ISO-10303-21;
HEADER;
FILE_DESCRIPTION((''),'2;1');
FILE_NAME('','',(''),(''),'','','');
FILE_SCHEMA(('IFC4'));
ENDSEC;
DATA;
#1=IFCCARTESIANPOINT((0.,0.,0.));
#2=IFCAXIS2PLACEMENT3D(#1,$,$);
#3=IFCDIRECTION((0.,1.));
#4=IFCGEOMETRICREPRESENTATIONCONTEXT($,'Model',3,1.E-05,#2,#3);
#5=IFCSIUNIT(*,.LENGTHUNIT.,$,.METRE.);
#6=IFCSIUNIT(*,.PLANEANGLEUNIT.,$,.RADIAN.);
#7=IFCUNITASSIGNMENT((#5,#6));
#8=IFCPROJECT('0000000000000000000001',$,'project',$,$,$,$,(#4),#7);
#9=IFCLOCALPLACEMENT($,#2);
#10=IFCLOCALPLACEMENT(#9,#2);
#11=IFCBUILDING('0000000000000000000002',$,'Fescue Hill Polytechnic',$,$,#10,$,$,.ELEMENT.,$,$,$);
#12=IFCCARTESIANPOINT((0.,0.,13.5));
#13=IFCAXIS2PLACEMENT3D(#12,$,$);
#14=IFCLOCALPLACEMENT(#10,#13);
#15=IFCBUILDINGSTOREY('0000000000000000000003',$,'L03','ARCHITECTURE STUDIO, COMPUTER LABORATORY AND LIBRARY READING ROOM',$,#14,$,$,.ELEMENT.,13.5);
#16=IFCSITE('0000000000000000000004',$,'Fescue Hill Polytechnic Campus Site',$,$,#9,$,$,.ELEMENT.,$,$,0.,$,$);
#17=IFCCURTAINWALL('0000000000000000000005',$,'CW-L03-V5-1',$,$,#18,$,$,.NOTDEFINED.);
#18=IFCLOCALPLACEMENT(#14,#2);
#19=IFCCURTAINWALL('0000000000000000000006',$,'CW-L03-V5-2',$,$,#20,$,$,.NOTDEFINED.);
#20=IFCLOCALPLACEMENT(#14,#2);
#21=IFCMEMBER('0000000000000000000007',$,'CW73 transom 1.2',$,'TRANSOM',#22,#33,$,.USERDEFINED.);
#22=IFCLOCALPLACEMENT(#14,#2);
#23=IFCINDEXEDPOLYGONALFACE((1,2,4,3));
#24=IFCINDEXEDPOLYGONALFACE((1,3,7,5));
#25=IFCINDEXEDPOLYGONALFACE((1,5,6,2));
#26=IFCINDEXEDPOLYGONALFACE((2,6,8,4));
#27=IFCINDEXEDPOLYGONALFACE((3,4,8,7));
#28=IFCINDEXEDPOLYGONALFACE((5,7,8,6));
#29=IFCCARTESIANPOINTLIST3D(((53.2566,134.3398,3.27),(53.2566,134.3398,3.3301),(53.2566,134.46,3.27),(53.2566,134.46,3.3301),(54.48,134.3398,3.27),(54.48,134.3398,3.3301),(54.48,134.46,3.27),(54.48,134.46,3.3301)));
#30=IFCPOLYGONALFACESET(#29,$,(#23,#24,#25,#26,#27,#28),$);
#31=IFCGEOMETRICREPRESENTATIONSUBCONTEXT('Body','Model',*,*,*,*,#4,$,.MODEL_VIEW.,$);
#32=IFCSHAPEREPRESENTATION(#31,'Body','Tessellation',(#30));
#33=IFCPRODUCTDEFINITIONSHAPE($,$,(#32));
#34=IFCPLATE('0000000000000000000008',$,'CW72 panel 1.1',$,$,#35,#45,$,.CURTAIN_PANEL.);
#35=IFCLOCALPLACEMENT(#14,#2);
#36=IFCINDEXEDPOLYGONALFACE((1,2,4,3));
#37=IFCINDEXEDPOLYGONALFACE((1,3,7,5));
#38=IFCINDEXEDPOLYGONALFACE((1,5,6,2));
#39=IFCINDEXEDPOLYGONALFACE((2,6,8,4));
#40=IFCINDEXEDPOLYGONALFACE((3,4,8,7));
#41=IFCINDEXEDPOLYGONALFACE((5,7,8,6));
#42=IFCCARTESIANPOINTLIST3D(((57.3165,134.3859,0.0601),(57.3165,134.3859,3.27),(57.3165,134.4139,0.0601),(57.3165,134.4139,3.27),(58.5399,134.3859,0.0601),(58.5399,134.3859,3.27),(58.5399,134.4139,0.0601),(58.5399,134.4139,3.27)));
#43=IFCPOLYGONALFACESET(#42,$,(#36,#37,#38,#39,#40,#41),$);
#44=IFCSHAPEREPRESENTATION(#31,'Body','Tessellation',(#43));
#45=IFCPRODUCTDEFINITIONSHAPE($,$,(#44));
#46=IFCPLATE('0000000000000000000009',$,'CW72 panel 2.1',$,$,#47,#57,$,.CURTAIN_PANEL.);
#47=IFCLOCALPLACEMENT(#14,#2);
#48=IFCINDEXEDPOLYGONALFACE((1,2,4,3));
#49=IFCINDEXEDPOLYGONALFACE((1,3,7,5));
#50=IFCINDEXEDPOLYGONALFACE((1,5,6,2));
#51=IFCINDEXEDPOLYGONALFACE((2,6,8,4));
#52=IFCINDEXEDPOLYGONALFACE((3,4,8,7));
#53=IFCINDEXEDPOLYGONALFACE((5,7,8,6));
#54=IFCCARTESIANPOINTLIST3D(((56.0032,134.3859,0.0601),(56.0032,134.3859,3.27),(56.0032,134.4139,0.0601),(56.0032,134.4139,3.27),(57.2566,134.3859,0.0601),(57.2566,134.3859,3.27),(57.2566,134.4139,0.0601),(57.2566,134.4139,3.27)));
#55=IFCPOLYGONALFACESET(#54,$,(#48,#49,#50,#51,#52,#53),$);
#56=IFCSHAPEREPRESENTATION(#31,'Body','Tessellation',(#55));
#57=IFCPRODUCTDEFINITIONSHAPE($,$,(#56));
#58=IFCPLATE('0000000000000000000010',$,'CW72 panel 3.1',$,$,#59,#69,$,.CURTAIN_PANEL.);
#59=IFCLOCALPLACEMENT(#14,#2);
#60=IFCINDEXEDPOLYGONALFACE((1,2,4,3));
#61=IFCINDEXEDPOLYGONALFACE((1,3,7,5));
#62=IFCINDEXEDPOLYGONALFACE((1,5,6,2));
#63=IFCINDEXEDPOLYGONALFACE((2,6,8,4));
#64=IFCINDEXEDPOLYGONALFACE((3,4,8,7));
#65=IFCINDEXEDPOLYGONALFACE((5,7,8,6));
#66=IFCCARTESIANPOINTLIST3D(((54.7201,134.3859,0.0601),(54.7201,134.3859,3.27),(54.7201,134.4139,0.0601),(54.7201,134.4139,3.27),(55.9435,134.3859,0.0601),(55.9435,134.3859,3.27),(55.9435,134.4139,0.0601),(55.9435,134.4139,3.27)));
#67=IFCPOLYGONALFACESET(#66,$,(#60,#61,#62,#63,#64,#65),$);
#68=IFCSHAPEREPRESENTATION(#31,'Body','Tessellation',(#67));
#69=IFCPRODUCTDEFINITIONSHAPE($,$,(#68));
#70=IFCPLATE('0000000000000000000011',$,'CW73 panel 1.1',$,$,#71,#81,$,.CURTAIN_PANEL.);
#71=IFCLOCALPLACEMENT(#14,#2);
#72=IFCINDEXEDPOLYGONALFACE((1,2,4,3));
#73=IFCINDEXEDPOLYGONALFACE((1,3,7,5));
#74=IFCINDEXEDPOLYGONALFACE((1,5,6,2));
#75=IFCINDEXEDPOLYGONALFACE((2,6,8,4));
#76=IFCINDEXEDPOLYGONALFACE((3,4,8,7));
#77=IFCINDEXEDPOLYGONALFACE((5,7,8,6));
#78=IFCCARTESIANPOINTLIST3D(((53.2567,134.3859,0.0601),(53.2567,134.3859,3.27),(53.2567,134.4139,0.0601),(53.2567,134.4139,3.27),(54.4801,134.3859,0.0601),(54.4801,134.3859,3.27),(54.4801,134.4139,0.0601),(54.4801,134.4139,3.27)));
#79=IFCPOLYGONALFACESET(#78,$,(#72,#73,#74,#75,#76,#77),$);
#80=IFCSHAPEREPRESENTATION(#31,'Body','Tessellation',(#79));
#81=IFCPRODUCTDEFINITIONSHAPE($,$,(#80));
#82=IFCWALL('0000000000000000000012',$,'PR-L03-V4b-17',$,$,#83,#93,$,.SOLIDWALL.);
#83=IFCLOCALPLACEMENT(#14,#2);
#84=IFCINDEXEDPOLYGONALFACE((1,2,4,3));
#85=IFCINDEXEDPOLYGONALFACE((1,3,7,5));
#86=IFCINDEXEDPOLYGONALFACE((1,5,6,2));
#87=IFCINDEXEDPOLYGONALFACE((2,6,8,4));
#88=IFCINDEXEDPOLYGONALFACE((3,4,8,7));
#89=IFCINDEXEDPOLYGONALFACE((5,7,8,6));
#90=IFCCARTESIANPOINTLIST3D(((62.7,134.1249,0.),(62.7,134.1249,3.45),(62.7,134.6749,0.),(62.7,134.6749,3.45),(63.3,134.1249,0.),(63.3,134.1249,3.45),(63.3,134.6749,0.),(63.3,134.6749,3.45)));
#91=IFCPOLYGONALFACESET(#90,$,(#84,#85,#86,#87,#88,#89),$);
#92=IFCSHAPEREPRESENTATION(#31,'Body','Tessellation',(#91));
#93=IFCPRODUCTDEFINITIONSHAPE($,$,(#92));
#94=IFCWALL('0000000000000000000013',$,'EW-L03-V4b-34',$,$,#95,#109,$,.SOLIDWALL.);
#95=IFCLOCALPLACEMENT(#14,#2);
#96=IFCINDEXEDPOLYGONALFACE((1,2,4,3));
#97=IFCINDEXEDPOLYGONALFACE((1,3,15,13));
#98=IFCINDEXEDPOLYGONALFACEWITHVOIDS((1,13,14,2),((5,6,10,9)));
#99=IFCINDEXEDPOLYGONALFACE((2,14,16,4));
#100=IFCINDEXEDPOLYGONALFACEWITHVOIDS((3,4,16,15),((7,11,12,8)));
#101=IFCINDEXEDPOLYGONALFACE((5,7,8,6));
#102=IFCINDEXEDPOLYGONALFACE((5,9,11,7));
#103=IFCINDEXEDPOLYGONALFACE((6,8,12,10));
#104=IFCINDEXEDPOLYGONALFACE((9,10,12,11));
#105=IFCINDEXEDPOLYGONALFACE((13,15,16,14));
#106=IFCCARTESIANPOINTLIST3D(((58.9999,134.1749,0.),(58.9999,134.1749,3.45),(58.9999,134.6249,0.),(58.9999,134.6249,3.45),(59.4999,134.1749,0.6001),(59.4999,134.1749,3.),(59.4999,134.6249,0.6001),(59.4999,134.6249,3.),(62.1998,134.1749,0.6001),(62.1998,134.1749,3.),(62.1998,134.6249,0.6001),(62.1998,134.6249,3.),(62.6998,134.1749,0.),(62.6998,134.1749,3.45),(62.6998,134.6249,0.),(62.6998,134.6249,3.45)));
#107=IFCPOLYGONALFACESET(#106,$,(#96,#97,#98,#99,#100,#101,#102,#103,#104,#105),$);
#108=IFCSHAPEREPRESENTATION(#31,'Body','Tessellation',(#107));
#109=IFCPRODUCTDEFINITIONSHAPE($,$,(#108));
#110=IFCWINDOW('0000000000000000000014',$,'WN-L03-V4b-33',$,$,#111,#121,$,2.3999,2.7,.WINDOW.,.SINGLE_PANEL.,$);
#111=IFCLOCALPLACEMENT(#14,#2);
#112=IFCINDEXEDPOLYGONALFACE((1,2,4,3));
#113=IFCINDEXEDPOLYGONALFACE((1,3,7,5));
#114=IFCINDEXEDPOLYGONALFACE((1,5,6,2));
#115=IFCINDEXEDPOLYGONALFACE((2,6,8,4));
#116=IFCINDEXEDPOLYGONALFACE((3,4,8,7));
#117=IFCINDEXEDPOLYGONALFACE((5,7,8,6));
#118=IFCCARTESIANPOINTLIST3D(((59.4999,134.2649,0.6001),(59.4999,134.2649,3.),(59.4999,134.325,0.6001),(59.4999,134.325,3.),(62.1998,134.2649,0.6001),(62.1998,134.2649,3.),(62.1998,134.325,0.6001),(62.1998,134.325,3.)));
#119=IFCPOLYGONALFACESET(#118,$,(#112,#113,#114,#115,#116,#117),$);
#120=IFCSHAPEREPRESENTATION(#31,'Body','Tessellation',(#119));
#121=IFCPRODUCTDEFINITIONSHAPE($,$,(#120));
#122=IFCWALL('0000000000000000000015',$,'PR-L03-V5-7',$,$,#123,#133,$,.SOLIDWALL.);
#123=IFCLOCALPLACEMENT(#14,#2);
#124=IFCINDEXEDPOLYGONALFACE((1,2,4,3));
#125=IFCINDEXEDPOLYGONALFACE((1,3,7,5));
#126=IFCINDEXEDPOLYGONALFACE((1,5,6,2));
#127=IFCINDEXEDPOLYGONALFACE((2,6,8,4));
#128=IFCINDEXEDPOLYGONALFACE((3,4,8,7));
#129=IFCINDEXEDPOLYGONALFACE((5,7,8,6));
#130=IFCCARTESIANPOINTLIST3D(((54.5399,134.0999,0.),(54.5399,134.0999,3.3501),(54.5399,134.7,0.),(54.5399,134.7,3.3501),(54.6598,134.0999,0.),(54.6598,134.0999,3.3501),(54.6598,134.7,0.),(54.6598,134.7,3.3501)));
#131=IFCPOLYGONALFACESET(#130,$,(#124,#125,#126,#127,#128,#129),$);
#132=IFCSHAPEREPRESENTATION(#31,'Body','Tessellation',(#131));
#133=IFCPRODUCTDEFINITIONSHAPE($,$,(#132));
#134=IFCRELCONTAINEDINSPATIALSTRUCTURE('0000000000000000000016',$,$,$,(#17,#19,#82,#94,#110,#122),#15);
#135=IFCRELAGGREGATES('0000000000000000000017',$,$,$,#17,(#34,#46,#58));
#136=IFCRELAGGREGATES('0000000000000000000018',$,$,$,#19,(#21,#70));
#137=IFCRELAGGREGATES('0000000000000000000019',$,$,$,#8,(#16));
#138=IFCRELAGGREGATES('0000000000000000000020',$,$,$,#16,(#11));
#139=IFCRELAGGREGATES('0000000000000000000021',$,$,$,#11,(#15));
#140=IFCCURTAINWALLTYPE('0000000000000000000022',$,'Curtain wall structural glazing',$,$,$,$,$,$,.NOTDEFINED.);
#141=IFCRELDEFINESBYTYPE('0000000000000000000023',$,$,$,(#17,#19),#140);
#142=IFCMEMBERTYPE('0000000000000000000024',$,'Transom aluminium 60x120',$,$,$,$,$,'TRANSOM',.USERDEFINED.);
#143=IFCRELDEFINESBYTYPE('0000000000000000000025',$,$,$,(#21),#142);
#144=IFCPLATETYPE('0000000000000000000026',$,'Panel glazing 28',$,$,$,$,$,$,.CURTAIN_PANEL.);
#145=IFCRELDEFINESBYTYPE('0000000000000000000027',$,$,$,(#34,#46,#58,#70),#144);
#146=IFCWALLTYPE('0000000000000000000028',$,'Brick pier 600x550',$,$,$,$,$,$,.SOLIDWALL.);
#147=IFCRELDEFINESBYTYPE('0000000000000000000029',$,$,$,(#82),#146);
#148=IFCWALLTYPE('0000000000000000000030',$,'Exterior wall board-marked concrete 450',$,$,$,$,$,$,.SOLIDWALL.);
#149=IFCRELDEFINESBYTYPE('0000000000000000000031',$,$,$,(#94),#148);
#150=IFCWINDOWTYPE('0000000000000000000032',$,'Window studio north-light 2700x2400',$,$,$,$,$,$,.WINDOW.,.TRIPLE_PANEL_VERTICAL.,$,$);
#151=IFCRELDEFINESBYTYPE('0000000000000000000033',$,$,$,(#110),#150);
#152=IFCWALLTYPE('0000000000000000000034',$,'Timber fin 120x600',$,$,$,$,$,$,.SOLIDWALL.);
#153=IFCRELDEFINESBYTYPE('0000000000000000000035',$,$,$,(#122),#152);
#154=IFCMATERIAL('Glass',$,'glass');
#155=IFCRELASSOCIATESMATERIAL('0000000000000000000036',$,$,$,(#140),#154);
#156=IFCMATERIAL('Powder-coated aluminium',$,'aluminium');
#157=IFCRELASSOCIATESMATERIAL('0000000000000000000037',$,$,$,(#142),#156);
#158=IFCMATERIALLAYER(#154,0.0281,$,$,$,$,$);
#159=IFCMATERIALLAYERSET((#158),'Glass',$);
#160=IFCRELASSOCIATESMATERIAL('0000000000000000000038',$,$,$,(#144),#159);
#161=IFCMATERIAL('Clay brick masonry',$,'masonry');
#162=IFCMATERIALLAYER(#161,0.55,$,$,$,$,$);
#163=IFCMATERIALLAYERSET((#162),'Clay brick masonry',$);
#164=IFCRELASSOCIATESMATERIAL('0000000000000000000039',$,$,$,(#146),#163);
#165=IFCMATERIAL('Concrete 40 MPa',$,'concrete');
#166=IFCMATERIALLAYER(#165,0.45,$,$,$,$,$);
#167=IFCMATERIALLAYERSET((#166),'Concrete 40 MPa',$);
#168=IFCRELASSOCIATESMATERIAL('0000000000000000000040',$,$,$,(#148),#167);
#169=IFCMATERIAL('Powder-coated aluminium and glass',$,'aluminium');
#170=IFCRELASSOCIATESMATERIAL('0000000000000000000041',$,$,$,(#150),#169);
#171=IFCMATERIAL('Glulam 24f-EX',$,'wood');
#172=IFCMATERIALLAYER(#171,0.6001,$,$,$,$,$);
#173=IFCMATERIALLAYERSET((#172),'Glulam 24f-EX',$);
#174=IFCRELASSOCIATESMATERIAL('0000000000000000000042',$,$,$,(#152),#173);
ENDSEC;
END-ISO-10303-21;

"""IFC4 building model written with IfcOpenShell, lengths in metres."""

from ifc_helpers import new_model, si_unit, direction, frame, frame_2d, origin, origin_2d, place, context, subcontext, project, spatial, rectangle, extrude, material, layer, layer_set, material_profile, profile_set, type_object, element, fill, aggregate, save


model = new_model("IFC4")

# Units and contexts
model_context = context("Model", 3, precision=1e-05, world=origin(), true_north=direction((0.0, 1.0)))
body_context = subcontext(model_context, "Body", "Model", "MODEL_VIEW")
ifc_project = project(units=[si_unit("LENGTHUNIT", "METRE"), si_unit("PLANEANGLEUNIT", "RADIAN")], contexts=[model_context])

# Site, building, storey
site_placement = place(None, origin())
site = spatial("IfcSite", under=ifc_project, at=site_placement, Name="Fescue Hill Polytechnic Campus Site", CompositionType="ELEMENT", RefElevation=0.0)
building_placement = place(site_placement, origin())
building = spatial("IfcBuilding", under=site, at=building_placement, Name="Fescue Hill Polytechnic", CompositionType="ELEMENT")
storey_placement = place(building_placement, frame((0.0, 0.0, 13.5)))
storey = spatial("IfcBuildingStorey", under=building, at=storey_placement, Name="L03", Description="ARCHITECTURE STUDIO, COMPUTER LABORATORY AND LIBRARY READING ROOM", CompositionType="ELEMENT", Elevation=13.5)

# Shared definitions
ifc_material_1 = material(Name="Concrete 40 MPa", Category="concrete")

# Curtain wall
ifc_material_2 = material(Name="Glass", Category="glass")
curtain_wall_type = type_object("IfcCurtainWallType", Name="Curtain wall structural glazing", PredefinedType="NOTDEFINED", material=ifc_material_2)
curtain_wall_1_placement = place(storey_placement, origin())
curtain_wall_1 = element("IfcCurtainWall", 1, at=curtain_wall_1_placement, inside=storey, type_object=curtain_wall_type, Name="CW-L03-V5-1", PredefinedType="NOTDEFINED")
ifc_material_3 = material(Name="Powder-coated aluminium", Category="aluminium")

# Curtain wall
curtain_wall_2_placement = place(storey_placement, origin())
curtain_wall_2 = element("IfcCurtainWall", 2, at=curtain_wall_2_placement, inside=storey, type_object=curtain_wall_type, Name="CW-L03-V5-2", PredefinedType="NOTDEFINED")

# Member
ifc_material_profile_1 = material_profile(ifc_material_3, rectangle(XDim=0.1201, YDim=0.0601, at=origin_2d()), Name="Transom aluminium 60x120")
ifc_profile_set_1 = profile_set([ifc_material_profile_1], Name="Powder-coated aluminium")
member_type_1 = type_object("IfcMemberType", Name="Transom aluminium 60x120", ElementType="TRANSOM", PredefinedType="USERDEFINED", material=ifc_profile_set_1)
member_1_placement = place(storey_placement, frame((54.48, 134.3999, 3.3), z_axis=(-1.0, 0.0, 0.0), x_axis=(0.0, -1.0, 0.0)))
member_1 = element("IfcMember", 3, at=member_1_placement, type_object=member_type_1, Name="CW73 transom 1.2", ObjectType="TRANSOM", PredefinedType="USERDEFINED", context=body_context, shape_type="SweptSolid", body=[
    extrude(rectangle(XDim=0.1201, YDim=0.0601, at=origin_2d()), origin(), (0.0, 0.0, 1.0), 1.2234),
])

# Plates
ifc_layer_1 = layer(ifc_material_2, 0.0281)
ifc_layer_set_1 = layer_set([ifc_layer_1], Name="Glass")
plate_type = type_object("IfcPlateType", Name="Panel glazing 28", PredefinedType="CURTAIN_PANEL", material=ifc_layer_set_1)
plate_1_placement = place(storey_placement, frame((57.9282, 134.3999, 0.0601), z_axis=(0.0, 0.0, 1.0), x_axis=(-1.0, 0.0, 0.0)))
plate_1 = element("IfcPlate", 4, at=plate_1_placement, type_object=plate_type, Name="CW72 panel 1.1", PredefinedType="CURTAIN_PANEL", context=body_context, shape_type="SweptSolid", body=[
    extrude(rectangle(XDim=1.2234, YDim=0.0281, at=origin_2d()), origin(), (0.0, 0.0, 1.0), 3.21),
])
plate_2_placement = place(storey_placement, frame((56.6299, 134.3999, 0.0601), z_axis=(0.0, 0.0, 1.0), x_axis=(-1.0, 0.0, 0.0)))
plate_2 = element("IfcPlate", 5, at=plate_2_placement, type_object=plate_type, Name="CW72 panel 2.1", PredefinedType="CURTAIN_PANEL", context=body_context, shape_type="SweptSolid", body=[
    extrude(rectangle(XDim=1.2534, YDim=0.0281, at=origin_2d()), origin(), (0.0, 0.0, 1.0), 3.21),
])
plate_3_placement = place(storey_placement, frame((55.3318, 134.3999, 0.0601), z_axis=(0.0, 0.0, 1.0), x_axis=(-1.0, 0.0, 0.0)))
plate_3 = element("IfcPlate", 6, at=plate_3_placement, type_object=plate_type, Name="CW72 panel 3.1", PredefinedType="CURTAIN_PANEL", context=body_context, shape_type="SweptSolid", body=[
    extrude(rectangle(XDim=1.2234, YDim=0.0281, at=origin_2d()), origin(), (0.0, 0.0, 1.0), 3.21),
])
aggregate(curtain_wall_1, [plate_1, plate_2, plate_3])
plate_4_placement = place(storey_placement, frame((53.8684, 134.3999, 0.0601), z_axis=(0.0, 0.0, 1.0), x_axis=(-1.0, 0.0, 0.0)))
plate_4 = element("IfcPlate", 7, at=plate_4_placement, type_object=plate_type, Name="CW73 panel 1.1", PredefinedType="CURTAIN_PANEL", context=body_context, shape_type="SweptSolid", body=[
    extrude(rectangle(XDim=1.2234, YDim=0.0281, at=origin_2d()), origin(), (0.0, 0.0, 1.0), 3.21),
])
aggregate(curtain_wall_2, [member_1, plate_4])

# Wall
ifc_material_4 = material(Name="Clay brick masonry", Category="masonry")
ifc_layer_2 = layer(ifc_material_4, 0.55)
ifc_layer_set_2 = layer_set([ifc_layer_2], Name="Clay brick masonry")
wall_type_1 = type_object("IfcWallType", Name="Brick pier 600x550", PredefinedType="SOLIDWALL", material=ifc_layer_set_2)
wall_1_placement = place(storey_placement, frame((63.3, 134.3999, 0.0), z_axis=(0.0, 0.0, 1.0), x_axis=(-1.0, 0.0, 0.0)))
element("IfcWall", 8, at=wall_1_placement, inside=storey, type_object=wall_type_1, Name="PR-L03-V4b-17", PredefinedType="SOLIDWALL", context=body_context, shape_type="SweptSolid", body=[
    extrude(rectangle(XDim=0.6001, YDim=0.55, at=frame_2d((0.3, 0.0))), origin(), (0.0, 0.0, 1.0), 3.45),
])

# Wall, opening, window
ifc_layer_3 = layer(ifc_material_1, 0.45)
ifc_layer_set_3 = layer_set([ifc_layer_3], Name="Concrete 40 MPa")
wall_type_2 = type_object("IfcWallType", Name="Exterior wall board-marked concrete 450", PredefinedType="SOLIDWALL", material=ifc_layer_set_3)
wall_2_placement = place(storey_placement, frame((62.7, 134.3999, 0.0), z_axis=(0.0, 0.0, 1.0), x_axis=(-1.0, 0.0, 0.0)))
wall_2 = element("IfcWall", 9, at=wall_2_placement, inside=storey, type_object=wall_type_2, Name="EW-L03-V4b-34", PredefinedType="SOLIDWALL", context=body_context, shape_type="SweptSolid", body=[
    extrude(rectangle(XDim=3.7, YDim=0.45, at=frame_2d((1.8501, 0.0))), origin(), (0.0, 0.0, 1.0), 3.45),
])
opening_placement = place(wall_2_placement, frame((0.5, 0.0, 0.6001)))
opening = element("IfcOpeningElement", 10, at=opening_placement, cuts=wall_2, PredefinedType="OPENING", context=body_context, shape_type="SweptSolid", body=[
    extrude(rectangle(XDim=2.7, YDim=2.3999, at=frame_2d((1.3501, 1.2))), frame((0.0, 0.2349, 0.0), z_axis=(0.0, -1.0, 0.0), x_axis=(1.0, 0.0, 0.0)), (0.0, 0.0, 1.0), 0.47),
])
ifc_material_5 = material(Name="Powder-coated aluminium and glass", Category="aluminium")
window_type = type_object("IfcWindowType", Name="Window studio north-light 2700x2400", PartitioningType="TRIPLE_PANEL_VERTICAL", PredefinedType="WINDOW", material=ifc_material_5)
window_placement = place(opening_placement, origin())
window = element("IfcWindow", 11, at=window_placement, inside=storey, type_object=window_type, Name="WN-L03-V4b-33", OverallHeight=2.3999, OverallWidth=2.7, PartitioningType="SINGLE_PANEL", PredefinedType="WINDOW", context=body_context, shape_type="SweptSolid", body=[
    extrude(rectangle(XDim=2.7, YDim=2.3999, at=frame_2d((1.3501, 1.2))), frame((0.0, 0.135, 0.0), z_axis=(0.0, -1.0, 0.0), x_axis=(1.0, 0.0, 0.0)), (0.0, 0.0, 1.0), 0.0601),
])
fill(opening, window)

# Wall
ifc_material_6 = material(Name="Glulam 24f-EX", Category="wood")
ifc_layer_4 = layer(ifc_material_6, 0.6001)
ifc_layer_set_4 = layer_set([ifc_layer_4], Name="Glulam 24f-EX")
wall_type_3 = type_object("IfcWallType", Name="Timber fin 120x600", PredefinedType="SOLIDWALL", material=ifc_layer_set_4)
wall_3_placement = place(storey_placement, frame((54.6599, 134.3999, 0.0), z_axis=(0.0, 0.0, 1.0), x_axis=(-1.0, 0.0, 0.0)))
element("IfcWall", 12, at=wall_3_placement, inside=storey, type_object=wall_type_3, Name="PR-L03-V5-7", PredefinedType="SOLIDWALL", context=body_context, shape_type="SweptSolid", body=[
    extrude(rectangle(XDim=0.1199, YDim=0.6001, at=frame_2d((0.0601, 0.0))), origin(), (0.0, 0.0, 1.0), 3.3501),
])

save(model, "model.ifc")
